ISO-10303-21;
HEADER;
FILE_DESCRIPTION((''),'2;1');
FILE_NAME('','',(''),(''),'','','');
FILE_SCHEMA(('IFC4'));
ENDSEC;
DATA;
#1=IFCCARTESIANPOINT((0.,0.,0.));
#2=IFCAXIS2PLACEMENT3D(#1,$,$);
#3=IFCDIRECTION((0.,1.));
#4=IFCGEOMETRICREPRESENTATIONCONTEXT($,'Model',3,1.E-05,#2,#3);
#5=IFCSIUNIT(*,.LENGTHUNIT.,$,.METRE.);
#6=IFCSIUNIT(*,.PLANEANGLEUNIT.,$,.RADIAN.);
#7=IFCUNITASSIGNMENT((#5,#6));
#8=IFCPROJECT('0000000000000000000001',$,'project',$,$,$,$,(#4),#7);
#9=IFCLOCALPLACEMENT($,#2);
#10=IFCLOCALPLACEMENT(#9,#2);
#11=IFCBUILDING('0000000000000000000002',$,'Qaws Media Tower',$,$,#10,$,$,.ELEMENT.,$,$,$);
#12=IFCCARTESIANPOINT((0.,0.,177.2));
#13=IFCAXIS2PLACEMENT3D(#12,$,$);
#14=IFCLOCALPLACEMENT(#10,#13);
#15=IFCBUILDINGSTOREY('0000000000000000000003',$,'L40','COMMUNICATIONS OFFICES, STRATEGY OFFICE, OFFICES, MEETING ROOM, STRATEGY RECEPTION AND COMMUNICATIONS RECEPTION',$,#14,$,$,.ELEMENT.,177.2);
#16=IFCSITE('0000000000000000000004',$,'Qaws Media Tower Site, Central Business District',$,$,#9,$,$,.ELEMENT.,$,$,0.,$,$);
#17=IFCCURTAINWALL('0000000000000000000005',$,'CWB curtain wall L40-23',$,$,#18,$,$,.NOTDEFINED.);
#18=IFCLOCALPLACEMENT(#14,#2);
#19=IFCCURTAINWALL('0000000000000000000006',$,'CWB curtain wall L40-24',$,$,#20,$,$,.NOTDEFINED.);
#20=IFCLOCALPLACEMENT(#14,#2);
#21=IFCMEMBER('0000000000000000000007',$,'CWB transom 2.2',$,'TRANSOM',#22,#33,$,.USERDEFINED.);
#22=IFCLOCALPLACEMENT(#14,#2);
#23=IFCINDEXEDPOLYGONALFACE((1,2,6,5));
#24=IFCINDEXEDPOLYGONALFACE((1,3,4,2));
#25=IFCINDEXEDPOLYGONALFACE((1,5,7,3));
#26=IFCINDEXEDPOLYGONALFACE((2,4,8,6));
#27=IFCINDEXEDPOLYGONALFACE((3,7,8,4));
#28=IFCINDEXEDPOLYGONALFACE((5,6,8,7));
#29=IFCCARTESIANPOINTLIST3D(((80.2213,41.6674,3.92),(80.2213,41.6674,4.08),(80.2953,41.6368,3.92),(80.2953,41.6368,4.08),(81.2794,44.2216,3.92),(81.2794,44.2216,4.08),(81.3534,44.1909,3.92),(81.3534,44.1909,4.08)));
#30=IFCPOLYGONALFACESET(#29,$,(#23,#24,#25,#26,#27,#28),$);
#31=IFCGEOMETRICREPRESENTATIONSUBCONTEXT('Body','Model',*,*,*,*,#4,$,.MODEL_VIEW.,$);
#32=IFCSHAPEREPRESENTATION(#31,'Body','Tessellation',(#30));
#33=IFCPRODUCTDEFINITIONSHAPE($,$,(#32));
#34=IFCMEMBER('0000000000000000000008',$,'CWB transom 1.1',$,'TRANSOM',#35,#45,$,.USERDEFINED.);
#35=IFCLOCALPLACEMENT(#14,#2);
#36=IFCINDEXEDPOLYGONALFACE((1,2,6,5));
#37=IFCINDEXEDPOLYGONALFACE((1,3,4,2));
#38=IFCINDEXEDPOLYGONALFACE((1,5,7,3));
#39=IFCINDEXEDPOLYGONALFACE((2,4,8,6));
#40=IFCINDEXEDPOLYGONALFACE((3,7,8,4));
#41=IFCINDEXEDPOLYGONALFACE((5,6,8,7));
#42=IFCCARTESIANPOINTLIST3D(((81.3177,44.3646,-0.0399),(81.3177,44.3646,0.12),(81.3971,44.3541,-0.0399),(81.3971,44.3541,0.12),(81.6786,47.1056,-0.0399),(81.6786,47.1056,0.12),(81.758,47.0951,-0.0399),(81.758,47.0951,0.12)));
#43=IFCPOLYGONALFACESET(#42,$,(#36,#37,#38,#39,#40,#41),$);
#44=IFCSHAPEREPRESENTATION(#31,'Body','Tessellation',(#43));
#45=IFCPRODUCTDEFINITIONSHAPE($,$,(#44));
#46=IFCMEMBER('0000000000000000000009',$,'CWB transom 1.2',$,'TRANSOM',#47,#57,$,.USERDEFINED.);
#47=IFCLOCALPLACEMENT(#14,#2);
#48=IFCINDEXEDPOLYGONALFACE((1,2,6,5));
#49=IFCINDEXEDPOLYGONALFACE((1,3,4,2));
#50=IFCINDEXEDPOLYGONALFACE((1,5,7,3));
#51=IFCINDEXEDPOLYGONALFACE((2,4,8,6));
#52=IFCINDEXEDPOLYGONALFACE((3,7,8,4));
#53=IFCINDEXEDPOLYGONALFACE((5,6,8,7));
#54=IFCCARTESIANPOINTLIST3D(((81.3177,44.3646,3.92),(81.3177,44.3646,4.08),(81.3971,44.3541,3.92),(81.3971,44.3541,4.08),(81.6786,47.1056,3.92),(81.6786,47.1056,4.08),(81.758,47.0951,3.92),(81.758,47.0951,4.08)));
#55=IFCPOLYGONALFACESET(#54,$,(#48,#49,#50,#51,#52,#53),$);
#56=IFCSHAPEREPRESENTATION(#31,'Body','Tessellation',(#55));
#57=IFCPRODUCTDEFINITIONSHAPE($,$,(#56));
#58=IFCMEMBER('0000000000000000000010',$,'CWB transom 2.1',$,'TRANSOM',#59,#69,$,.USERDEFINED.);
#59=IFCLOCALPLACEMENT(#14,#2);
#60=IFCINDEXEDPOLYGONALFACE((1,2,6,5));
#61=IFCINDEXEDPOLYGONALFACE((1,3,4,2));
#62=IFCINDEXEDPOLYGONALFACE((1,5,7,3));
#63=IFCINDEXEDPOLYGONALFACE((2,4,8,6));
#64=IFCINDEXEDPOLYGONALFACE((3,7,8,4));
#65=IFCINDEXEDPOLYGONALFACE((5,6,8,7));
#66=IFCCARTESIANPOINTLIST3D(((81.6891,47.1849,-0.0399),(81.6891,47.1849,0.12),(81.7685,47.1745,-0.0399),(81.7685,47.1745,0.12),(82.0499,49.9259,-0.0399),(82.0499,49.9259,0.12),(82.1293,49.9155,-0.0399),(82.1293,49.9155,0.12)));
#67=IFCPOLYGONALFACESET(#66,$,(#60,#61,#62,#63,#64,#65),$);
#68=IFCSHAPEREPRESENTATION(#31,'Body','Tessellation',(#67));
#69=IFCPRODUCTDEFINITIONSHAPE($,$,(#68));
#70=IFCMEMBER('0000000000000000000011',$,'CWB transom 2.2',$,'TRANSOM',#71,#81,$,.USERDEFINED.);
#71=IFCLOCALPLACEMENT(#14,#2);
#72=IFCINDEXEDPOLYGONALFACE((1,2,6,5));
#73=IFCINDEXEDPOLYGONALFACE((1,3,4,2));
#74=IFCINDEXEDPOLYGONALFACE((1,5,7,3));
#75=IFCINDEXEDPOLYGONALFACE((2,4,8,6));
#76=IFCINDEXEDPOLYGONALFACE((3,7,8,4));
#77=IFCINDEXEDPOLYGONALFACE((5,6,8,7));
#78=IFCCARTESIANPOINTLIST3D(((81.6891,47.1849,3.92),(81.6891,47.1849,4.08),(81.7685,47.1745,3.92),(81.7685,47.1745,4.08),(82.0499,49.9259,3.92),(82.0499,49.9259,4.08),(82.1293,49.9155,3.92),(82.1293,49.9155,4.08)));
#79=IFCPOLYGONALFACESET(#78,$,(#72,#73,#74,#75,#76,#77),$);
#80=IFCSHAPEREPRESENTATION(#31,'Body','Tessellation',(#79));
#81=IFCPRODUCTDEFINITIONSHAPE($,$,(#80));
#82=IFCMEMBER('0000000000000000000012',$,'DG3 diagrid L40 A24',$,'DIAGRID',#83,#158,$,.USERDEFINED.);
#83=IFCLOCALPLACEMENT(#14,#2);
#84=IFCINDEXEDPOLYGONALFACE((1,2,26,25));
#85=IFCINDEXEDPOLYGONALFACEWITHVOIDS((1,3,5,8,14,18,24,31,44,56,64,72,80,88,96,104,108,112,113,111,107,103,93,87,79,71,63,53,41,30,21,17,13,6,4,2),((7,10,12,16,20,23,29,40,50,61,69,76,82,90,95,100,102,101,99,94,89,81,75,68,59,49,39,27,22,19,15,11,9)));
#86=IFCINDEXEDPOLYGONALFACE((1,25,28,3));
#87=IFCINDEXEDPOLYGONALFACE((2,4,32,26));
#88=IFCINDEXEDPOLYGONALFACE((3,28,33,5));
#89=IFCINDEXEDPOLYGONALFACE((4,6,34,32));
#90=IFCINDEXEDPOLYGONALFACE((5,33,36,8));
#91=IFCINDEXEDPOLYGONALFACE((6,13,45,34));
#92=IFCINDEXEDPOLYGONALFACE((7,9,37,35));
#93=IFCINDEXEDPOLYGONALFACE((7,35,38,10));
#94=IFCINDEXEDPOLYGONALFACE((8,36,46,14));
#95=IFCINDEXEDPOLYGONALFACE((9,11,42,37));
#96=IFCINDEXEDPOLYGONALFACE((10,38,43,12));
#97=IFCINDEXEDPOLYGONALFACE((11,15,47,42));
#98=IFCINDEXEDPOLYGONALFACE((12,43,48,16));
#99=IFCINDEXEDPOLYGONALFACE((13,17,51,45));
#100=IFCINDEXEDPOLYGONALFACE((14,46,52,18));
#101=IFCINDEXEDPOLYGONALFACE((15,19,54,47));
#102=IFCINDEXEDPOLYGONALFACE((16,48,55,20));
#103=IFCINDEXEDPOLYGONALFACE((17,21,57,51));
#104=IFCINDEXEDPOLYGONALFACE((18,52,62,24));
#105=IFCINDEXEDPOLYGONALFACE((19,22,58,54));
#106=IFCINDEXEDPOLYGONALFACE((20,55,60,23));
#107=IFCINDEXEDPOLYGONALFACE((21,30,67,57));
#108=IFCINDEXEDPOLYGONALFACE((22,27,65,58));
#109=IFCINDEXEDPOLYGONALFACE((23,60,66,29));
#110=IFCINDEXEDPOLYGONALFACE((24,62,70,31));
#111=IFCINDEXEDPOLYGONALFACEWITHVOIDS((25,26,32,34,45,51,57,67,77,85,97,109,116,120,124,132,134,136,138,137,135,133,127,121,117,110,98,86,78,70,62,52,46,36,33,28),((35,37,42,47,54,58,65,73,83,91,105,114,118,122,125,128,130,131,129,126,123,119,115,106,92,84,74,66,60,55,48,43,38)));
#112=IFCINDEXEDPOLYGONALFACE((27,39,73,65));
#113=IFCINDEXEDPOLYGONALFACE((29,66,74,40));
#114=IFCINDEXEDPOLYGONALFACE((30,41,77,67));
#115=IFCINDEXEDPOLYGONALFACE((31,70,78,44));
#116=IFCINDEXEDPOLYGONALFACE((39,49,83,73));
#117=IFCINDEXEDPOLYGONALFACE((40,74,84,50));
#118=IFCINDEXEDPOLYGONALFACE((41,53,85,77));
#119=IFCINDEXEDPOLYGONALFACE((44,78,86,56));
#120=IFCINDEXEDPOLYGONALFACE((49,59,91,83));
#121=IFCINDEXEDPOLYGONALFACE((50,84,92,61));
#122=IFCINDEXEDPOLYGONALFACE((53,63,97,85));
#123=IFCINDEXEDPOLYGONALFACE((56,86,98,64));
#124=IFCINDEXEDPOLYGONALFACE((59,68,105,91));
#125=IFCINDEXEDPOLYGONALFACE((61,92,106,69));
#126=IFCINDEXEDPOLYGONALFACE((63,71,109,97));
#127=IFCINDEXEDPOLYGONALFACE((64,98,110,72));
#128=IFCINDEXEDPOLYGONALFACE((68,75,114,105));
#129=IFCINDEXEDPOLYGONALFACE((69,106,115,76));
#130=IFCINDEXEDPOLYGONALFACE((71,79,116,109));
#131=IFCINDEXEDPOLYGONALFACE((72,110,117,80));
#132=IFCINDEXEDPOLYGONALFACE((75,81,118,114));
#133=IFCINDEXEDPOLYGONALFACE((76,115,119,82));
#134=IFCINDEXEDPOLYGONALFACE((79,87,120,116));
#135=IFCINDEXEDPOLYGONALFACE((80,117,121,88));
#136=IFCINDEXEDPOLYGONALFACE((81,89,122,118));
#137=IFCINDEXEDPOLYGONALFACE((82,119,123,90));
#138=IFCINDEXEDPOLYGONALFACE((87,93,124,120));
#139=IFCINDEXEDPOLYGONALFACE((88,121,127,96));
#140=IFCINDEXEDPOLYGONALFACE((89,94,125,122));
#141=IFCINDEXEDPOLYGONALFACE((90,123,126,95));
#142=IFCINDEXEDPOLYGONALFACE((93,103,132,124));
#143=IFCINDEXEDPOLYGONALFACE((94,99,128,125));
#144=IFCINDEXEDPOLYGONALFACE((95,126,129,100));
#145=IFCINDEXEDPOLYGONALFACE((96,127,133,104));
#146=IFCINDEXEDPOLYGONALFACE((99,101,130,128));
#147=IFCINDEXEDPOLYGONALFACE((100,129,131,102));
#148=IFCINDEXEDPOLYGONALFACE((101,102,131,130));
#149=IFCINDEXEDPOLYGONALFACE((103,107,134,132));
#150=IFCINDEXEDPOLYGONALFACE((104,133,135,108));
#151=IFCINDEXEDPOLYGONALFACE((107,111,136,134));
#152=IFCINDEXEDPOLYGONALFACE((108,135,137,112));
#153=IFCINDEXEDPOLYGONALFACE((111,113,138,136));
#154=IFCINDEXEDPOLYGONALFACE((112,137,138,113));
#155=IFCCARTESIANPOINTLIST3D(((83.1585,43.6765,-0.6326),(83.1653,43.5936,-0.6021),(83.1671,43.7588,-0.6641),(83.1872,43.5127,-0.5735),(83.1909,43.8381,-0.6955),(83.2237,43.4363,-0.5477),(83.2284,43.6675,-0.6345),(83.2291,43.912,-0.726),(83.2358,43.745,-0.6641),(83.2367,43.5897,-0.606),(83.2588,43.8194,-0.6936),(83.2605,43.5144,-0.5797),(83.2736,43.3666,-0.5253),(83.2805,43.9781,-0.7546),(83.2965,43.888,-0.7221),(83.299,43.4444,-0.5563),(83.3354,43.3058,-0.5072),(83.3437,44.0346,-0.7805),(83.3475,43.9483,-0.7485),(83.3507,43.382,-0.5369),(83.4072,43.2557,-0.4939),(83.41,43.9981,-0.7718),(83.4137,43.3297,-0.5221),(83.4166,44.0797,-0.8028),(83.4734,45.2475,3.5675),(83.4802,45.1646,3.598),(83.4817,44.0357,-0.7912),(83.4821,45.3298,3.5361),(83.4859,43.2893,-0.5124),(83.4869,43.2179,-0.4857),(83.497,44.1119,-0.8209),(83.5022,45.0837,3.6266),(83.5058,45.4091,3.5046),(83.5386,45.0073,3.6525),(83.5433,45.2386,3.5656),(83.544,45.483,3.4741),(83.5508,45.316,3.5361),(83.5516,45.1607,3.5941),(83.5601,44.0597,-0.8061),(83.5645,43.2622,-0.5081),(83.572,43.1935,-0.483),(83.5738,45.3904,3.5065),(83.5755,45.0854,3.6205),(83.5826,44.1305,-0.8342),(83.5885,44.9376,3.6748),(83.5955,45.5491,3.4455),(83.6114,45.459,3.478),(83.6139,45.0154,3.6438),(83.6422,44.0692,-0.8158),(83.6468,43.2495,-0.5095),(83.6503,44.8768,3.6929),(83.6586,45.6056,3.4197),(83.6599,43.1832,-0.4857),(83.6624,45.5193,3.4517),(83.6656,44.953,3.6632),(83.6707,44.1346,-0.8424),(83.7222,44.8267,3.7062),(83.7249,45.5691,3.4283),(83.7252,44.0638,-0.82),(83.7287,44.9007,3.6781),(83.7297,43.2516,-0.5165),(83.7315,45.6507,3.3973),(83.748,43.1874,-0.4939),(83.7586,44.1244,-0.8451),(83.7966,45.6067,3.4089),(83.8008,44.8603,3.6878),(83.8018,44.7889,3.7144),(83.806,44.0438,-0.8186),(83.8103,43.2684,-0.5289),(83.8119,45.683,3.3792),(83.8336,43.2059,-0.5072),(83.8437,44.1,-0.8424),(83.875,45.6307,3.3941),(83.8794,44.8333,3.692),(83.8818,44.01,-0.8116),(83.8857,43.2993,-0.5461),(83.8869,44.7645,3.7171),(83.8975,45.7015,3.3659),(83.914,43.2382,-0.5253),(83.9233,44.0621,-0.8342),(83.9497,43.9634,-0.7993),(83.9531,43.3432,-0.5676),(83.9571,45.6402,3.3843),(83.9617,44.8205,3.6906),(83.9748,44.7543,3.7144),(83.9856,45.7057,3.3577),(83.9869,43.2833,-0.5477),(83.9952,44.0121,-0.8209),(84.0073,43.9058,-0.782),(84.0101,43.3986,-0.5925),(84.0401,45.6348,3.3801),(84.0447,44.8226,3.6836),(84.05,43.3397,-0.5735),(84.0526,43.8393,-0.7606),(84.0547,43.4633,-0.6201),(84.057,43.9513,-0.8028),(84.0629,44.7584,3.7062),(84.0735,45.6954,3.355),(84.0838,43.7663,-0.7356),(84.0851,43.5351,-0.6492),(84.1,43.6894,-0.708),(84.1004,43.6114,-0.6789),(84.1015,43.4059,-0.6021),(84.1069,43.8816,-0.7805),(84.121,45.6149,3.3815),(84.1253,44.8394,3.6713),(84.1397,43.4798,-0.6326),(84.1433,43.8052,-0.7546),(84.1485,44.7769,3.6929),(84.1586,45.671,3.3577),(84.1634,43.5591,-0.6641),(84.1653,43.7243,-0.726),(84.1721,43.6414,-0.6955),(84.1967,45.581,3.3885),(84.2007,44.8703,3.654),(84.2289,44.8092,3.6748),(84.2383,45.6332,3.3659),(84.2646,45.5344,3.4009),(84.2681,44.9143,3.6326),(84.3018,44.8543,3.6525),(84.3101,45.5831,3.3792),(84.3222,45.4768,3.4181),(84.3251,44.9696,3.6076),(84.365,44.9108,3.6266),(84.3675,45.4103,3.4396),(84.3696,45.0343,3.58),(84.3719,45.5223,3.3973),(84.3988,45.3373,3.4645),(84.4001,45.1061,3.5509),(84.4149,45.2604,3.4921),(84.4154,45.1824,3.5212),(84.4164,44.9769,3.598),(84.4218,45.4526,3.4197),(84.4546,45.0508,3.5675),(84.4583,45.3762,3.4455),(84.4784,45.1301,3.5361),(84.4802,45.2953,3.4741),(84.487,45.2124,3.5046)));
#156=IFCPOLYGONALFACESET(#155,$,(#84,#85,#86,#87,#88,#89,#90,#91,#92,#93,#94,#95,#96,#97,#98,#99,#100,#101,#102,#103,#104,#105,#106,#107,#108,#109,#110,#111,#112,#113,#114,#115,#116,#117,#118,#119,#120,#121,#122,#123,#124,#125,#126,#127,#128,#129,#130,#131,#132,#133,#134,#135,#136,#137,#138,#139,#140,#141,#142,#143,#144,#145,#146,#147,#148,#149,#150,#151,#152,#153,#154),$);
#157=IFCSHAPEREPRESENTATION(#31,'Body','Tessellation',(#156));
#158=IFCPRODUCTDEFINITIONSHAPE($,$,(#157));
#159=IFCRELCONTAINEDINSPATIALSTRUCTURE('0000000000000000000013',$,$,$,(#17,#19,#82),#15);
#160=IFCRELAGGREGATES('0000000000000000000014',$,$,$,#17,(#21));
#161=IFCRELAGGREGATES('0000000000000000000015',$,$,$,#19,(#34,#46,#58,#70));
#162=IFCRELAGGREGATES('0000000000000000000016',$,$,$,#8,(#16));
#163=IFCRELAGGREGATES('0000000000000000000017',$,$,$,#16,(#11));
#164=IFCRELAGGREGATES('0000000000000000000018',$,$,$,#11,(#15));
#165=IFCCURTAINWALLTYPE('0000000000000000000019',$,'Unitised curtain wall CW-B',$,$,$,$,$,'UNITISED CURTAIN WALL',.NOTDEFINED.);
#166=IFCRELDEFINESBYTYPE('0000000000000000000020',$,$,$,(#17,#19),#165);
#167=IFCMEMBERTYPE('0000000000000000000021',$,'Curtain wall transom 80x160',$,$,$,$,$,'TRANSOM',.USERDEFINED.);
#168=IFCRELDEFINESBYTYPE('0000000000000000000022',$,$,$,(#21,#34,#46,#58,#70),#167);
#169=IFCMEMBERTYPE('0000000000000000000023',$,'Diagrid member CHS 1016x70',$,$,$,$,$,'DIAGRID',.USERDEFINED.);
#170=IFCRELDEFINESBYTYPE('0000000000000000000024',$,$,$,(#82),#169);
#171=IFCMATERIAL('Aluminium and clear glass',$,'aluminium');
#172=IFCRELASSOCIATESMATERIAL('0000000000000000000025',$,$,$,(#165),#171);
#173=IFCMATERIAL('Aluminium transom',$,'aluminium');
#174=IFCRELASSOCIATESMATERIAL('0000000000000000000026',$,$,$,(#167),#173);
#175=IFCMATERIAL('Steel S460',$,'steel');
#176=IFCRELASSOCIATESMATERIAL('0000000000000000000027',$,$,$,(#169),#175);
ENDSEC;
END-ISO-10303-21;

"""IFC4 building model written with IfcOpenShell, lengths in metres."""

from ifc_helpers import new_model, si_unit, direction, frame, origin, origin_2d, place, context, subcontext, project, spatial, rectangle, hollow_circle, extrude, material, material_profile, profile_set, type_object, element, aggregate, save


model = new_model("IFC4")

# Units and contexts
model_context = context("Model", 3, precision=1e-05, world=origin(), true_north=direction((0.0, 1.0)))
body_context = subcontext(model_context, "Body", "Model", "MODEL_VIEW")
ifc_project = project(units=[si_unit("LENGTHUNIT", "METRE"), si_unit("PLANEANGLEUNIT", "RADIAN")], contexts=[model_context])

# Site, building, storey
site_placement = place(None, origin())
site = spatial("IfcSite", under=ifc_project, at=site_placement, Name="Qaws Media Tower Site, Central Business District", CompositionType="ELEMENT", RefElevation=0.0)
building_placement = place(site_placement, origin())
building = spatial("IfcBuilding", under=site, at=building_placement, Name="Qaws Media Tower", CompositionType="ELEMENT")
storey_placement = place(building_placement, frame((0.0, 0.0, 177.2)))
storey = spatial("IfcBuildingStorey", under=building, at=storey_placement, Name="L40", Description="COMMUNICATIONS OFFICES, STRATEGY OFFICE, OFFICES, MEETING ROOM, STRATEGY RECEPTION AND COMMUNICATIONS RECEPTION", CompositionType="ELEMENT", Elevation=177.2)

# Curtain walls
ifc_material_1 = material(Name="Aluminium and clear glass", Category="aluminium")
curtain_wall_type = type_object("IfcCurtainWallType", Name="Unitised curtain wall CW-B", ElementType="UNITISED CURTAIN WALL", PredefinedType="NOTDEFINED", material=ifc_material_1)
curtain_wall_1_placement = place(storey_placement, origin())
curtain_wall_1 = element("IfcCurtainWall", 1, at=curtain_wall_1_placement, inside=storey, type_object=curtain_wall_type, Name="CWB curtain wall L40-23", PredefinedType="NOTDEFINED")
curtain_wall_2_placement = place(storey_placement, origin())
curtain_wall_2 = element("IfcCurtainWall", 2, at=curtain_wall_2_placement, inside=storey, type_object=curtain_wall_type, Name="CWB curtain wall L40-24", PredefinedType="NOTDEFINED")

# Members
ifc_material_2 = material(Name="Aluminium transom", Category="aluminium")
ifc_material_profile_1 = material_profile(ifc_material_2, rectangle(XDim=0.0801, YDim=0.1599, at=origin_2d()), Name="80x160")
ifc_profile_set_1 = profile_set([ifc_material_profile_1], Name="Aluminium transom")
member_type_1 = type_object("IfcMemberType", Name="Curtain wall transom 80x160", ElementType="TRANSOM", PredefinedType="USERDEFINED", material=ifc_profile_set_1)
member_1_placement = place(storey_placement, frame((80.2583, 41.6521, 4.0), z_axis=(0.382721, 0.923864, 0.0), x_axis=(-0.923864, 0.382721, 0.0)))
member_1 = element("IfcMember", 3, at=member_1_placement, type_object=member_type_1, Name="CWB transom 2.2", ObjectType="TRANSOM", PredefinedType="USERDEFINED", context=body_context, shape_type="SweptSolid", body=[
    extrude(rectangle(XDim=0.0801, YDim=0.1599, at=origin_2d()), origin(), (0.0, 0.0, 1.0), 2.7646),
])
member_2_placement = place(storey_placement, frame((81.3574, 44.3594, 0.04), z_axis=(0.130521, 0.991446, 0.0), x_axis=(-0.991446, 0.130521, 0.0)))
member_2 = element("IfcMember", 4, at=member_2_placement, type_object=member_type_1, Name="CWB transom 1.1", ObjectType="TRANSOM", PredefinedType="USERDEFINED", context=body_context, shape_type="SweptSolid", body=[
    extrude(rectangle(XDim=0.0801, YDim=0.1599, at=origin_2d()), origin(), (0.0, 0.0, 1.0), 2.7646),
])
member_3_placement = place(storey_placement, frame((81.3574, 44.3594, 4.0), z_axis=(0.130521, 0.991446, 0.0), x_axis=(-0.991446, 0.130521, 0.0)))
member_3 = element("IfcMember", 5, at=member_3_placement, type_object=member_type_1, Name="CWB transom 1.2", ObjectType="TRANSOM", PredefinedType="USERDEFINED", context=body_context, shape_type="SweptSolid", body=[
    extrude(rectangle(XDim=0.0801, YDim=0.1599, at=origin_2d()), origin(), (0.0, 0.0, 1.0), 2.7646),
])
member_4_placement = place(storey_placement, frame((81.7288, 47.1797, 0.04), z_axis=(0.130521, 0.991446, 0.0), x_axis=(-0.991446, 0.130521, 0.0)))
member_4 = element("IfcMember", 6, at=member_4_placement, type_object=member_type_1, Name="CWB transom 2.1", ObjectType="TRANSOM", PredefinedType="USERDEFINED", context=body_context, shape_type="SweptSolid", body=[
    extrude(rectangle(XDim=0.0801, YDim=0.1599, at=origin_2d()), origin(), (0.0, 0.0, 1.0), 2.7646),
])
member_5_placement = place(storey_placement, frame((81.7288, 47.1797, 4.0), z_axis=(0.130521, 0.991446, 0.0), x_axis=(-0.991446, 0.130521, 0.0)))
member_5 = element("IfcMember", 7, at=member_5_placement, type_object=member_type_1, Name="CWB transom 2.2", ObjectType="TRANSOM", PredefinedType="USERDEFINED", context=body_context, shape_type="SweptSolid", body=[
    extrude(rectangle(XDim=0.0801, YDim=0.1599, at=origin_2d()), origin(), (0.0, 0.0, 1.0), 2.7646),
])

# Member
ifc_material_3 = material(Name="Steel S460", Category="steel")
ifc_material_profile_2 = material_profile(ifc_material_3, hollow_circle(Radius=0.5081, WallThickness=0.0701, at=origin_2d()), Name="CHS 1016x70")
ifc_profile_set_2 = profile_set([ifc_material_profile_2], Name="Steel S460")
member_type_2 = type_object("IfcMemberType", Name="Diagrid member CHS 1016x70", ElementType="DIAGRID", PredefinedType="USERDEFINED", material=ifc_profile_set_2)
for number, where, z_axis, x_axis, name in (
    (8, (83.6653, 43.6589, -0.6641), (0.070058, 0.349475, 0.934323), (-0.980493, 0.196556, 0.0), "DG3 diagrid L40 A24"),
):
    element("IfcMember", number, at=place(storey_placement, frame(where, z_axis=z_axis, x_axis=x_axis)), inside=storey, type_object=member_type_2, Name=name, ObjectType="DIAGRID", PredefinedType="USERDEFINED", context=body_context, shape_type="SweptSolid", body=[
        extrude(hollow_circle(Radius=0.5081, WallThickness=0.0701, at=origin_2d()), origin(), (0.0, 0.0, 1.0), 4.4954),
    ])

aggregate(curtain_wall_1, [member_1])
aggregate(curtain_wall_2, [member_2, member_3, member_4, member_5])

save(model, "model.ifc")
